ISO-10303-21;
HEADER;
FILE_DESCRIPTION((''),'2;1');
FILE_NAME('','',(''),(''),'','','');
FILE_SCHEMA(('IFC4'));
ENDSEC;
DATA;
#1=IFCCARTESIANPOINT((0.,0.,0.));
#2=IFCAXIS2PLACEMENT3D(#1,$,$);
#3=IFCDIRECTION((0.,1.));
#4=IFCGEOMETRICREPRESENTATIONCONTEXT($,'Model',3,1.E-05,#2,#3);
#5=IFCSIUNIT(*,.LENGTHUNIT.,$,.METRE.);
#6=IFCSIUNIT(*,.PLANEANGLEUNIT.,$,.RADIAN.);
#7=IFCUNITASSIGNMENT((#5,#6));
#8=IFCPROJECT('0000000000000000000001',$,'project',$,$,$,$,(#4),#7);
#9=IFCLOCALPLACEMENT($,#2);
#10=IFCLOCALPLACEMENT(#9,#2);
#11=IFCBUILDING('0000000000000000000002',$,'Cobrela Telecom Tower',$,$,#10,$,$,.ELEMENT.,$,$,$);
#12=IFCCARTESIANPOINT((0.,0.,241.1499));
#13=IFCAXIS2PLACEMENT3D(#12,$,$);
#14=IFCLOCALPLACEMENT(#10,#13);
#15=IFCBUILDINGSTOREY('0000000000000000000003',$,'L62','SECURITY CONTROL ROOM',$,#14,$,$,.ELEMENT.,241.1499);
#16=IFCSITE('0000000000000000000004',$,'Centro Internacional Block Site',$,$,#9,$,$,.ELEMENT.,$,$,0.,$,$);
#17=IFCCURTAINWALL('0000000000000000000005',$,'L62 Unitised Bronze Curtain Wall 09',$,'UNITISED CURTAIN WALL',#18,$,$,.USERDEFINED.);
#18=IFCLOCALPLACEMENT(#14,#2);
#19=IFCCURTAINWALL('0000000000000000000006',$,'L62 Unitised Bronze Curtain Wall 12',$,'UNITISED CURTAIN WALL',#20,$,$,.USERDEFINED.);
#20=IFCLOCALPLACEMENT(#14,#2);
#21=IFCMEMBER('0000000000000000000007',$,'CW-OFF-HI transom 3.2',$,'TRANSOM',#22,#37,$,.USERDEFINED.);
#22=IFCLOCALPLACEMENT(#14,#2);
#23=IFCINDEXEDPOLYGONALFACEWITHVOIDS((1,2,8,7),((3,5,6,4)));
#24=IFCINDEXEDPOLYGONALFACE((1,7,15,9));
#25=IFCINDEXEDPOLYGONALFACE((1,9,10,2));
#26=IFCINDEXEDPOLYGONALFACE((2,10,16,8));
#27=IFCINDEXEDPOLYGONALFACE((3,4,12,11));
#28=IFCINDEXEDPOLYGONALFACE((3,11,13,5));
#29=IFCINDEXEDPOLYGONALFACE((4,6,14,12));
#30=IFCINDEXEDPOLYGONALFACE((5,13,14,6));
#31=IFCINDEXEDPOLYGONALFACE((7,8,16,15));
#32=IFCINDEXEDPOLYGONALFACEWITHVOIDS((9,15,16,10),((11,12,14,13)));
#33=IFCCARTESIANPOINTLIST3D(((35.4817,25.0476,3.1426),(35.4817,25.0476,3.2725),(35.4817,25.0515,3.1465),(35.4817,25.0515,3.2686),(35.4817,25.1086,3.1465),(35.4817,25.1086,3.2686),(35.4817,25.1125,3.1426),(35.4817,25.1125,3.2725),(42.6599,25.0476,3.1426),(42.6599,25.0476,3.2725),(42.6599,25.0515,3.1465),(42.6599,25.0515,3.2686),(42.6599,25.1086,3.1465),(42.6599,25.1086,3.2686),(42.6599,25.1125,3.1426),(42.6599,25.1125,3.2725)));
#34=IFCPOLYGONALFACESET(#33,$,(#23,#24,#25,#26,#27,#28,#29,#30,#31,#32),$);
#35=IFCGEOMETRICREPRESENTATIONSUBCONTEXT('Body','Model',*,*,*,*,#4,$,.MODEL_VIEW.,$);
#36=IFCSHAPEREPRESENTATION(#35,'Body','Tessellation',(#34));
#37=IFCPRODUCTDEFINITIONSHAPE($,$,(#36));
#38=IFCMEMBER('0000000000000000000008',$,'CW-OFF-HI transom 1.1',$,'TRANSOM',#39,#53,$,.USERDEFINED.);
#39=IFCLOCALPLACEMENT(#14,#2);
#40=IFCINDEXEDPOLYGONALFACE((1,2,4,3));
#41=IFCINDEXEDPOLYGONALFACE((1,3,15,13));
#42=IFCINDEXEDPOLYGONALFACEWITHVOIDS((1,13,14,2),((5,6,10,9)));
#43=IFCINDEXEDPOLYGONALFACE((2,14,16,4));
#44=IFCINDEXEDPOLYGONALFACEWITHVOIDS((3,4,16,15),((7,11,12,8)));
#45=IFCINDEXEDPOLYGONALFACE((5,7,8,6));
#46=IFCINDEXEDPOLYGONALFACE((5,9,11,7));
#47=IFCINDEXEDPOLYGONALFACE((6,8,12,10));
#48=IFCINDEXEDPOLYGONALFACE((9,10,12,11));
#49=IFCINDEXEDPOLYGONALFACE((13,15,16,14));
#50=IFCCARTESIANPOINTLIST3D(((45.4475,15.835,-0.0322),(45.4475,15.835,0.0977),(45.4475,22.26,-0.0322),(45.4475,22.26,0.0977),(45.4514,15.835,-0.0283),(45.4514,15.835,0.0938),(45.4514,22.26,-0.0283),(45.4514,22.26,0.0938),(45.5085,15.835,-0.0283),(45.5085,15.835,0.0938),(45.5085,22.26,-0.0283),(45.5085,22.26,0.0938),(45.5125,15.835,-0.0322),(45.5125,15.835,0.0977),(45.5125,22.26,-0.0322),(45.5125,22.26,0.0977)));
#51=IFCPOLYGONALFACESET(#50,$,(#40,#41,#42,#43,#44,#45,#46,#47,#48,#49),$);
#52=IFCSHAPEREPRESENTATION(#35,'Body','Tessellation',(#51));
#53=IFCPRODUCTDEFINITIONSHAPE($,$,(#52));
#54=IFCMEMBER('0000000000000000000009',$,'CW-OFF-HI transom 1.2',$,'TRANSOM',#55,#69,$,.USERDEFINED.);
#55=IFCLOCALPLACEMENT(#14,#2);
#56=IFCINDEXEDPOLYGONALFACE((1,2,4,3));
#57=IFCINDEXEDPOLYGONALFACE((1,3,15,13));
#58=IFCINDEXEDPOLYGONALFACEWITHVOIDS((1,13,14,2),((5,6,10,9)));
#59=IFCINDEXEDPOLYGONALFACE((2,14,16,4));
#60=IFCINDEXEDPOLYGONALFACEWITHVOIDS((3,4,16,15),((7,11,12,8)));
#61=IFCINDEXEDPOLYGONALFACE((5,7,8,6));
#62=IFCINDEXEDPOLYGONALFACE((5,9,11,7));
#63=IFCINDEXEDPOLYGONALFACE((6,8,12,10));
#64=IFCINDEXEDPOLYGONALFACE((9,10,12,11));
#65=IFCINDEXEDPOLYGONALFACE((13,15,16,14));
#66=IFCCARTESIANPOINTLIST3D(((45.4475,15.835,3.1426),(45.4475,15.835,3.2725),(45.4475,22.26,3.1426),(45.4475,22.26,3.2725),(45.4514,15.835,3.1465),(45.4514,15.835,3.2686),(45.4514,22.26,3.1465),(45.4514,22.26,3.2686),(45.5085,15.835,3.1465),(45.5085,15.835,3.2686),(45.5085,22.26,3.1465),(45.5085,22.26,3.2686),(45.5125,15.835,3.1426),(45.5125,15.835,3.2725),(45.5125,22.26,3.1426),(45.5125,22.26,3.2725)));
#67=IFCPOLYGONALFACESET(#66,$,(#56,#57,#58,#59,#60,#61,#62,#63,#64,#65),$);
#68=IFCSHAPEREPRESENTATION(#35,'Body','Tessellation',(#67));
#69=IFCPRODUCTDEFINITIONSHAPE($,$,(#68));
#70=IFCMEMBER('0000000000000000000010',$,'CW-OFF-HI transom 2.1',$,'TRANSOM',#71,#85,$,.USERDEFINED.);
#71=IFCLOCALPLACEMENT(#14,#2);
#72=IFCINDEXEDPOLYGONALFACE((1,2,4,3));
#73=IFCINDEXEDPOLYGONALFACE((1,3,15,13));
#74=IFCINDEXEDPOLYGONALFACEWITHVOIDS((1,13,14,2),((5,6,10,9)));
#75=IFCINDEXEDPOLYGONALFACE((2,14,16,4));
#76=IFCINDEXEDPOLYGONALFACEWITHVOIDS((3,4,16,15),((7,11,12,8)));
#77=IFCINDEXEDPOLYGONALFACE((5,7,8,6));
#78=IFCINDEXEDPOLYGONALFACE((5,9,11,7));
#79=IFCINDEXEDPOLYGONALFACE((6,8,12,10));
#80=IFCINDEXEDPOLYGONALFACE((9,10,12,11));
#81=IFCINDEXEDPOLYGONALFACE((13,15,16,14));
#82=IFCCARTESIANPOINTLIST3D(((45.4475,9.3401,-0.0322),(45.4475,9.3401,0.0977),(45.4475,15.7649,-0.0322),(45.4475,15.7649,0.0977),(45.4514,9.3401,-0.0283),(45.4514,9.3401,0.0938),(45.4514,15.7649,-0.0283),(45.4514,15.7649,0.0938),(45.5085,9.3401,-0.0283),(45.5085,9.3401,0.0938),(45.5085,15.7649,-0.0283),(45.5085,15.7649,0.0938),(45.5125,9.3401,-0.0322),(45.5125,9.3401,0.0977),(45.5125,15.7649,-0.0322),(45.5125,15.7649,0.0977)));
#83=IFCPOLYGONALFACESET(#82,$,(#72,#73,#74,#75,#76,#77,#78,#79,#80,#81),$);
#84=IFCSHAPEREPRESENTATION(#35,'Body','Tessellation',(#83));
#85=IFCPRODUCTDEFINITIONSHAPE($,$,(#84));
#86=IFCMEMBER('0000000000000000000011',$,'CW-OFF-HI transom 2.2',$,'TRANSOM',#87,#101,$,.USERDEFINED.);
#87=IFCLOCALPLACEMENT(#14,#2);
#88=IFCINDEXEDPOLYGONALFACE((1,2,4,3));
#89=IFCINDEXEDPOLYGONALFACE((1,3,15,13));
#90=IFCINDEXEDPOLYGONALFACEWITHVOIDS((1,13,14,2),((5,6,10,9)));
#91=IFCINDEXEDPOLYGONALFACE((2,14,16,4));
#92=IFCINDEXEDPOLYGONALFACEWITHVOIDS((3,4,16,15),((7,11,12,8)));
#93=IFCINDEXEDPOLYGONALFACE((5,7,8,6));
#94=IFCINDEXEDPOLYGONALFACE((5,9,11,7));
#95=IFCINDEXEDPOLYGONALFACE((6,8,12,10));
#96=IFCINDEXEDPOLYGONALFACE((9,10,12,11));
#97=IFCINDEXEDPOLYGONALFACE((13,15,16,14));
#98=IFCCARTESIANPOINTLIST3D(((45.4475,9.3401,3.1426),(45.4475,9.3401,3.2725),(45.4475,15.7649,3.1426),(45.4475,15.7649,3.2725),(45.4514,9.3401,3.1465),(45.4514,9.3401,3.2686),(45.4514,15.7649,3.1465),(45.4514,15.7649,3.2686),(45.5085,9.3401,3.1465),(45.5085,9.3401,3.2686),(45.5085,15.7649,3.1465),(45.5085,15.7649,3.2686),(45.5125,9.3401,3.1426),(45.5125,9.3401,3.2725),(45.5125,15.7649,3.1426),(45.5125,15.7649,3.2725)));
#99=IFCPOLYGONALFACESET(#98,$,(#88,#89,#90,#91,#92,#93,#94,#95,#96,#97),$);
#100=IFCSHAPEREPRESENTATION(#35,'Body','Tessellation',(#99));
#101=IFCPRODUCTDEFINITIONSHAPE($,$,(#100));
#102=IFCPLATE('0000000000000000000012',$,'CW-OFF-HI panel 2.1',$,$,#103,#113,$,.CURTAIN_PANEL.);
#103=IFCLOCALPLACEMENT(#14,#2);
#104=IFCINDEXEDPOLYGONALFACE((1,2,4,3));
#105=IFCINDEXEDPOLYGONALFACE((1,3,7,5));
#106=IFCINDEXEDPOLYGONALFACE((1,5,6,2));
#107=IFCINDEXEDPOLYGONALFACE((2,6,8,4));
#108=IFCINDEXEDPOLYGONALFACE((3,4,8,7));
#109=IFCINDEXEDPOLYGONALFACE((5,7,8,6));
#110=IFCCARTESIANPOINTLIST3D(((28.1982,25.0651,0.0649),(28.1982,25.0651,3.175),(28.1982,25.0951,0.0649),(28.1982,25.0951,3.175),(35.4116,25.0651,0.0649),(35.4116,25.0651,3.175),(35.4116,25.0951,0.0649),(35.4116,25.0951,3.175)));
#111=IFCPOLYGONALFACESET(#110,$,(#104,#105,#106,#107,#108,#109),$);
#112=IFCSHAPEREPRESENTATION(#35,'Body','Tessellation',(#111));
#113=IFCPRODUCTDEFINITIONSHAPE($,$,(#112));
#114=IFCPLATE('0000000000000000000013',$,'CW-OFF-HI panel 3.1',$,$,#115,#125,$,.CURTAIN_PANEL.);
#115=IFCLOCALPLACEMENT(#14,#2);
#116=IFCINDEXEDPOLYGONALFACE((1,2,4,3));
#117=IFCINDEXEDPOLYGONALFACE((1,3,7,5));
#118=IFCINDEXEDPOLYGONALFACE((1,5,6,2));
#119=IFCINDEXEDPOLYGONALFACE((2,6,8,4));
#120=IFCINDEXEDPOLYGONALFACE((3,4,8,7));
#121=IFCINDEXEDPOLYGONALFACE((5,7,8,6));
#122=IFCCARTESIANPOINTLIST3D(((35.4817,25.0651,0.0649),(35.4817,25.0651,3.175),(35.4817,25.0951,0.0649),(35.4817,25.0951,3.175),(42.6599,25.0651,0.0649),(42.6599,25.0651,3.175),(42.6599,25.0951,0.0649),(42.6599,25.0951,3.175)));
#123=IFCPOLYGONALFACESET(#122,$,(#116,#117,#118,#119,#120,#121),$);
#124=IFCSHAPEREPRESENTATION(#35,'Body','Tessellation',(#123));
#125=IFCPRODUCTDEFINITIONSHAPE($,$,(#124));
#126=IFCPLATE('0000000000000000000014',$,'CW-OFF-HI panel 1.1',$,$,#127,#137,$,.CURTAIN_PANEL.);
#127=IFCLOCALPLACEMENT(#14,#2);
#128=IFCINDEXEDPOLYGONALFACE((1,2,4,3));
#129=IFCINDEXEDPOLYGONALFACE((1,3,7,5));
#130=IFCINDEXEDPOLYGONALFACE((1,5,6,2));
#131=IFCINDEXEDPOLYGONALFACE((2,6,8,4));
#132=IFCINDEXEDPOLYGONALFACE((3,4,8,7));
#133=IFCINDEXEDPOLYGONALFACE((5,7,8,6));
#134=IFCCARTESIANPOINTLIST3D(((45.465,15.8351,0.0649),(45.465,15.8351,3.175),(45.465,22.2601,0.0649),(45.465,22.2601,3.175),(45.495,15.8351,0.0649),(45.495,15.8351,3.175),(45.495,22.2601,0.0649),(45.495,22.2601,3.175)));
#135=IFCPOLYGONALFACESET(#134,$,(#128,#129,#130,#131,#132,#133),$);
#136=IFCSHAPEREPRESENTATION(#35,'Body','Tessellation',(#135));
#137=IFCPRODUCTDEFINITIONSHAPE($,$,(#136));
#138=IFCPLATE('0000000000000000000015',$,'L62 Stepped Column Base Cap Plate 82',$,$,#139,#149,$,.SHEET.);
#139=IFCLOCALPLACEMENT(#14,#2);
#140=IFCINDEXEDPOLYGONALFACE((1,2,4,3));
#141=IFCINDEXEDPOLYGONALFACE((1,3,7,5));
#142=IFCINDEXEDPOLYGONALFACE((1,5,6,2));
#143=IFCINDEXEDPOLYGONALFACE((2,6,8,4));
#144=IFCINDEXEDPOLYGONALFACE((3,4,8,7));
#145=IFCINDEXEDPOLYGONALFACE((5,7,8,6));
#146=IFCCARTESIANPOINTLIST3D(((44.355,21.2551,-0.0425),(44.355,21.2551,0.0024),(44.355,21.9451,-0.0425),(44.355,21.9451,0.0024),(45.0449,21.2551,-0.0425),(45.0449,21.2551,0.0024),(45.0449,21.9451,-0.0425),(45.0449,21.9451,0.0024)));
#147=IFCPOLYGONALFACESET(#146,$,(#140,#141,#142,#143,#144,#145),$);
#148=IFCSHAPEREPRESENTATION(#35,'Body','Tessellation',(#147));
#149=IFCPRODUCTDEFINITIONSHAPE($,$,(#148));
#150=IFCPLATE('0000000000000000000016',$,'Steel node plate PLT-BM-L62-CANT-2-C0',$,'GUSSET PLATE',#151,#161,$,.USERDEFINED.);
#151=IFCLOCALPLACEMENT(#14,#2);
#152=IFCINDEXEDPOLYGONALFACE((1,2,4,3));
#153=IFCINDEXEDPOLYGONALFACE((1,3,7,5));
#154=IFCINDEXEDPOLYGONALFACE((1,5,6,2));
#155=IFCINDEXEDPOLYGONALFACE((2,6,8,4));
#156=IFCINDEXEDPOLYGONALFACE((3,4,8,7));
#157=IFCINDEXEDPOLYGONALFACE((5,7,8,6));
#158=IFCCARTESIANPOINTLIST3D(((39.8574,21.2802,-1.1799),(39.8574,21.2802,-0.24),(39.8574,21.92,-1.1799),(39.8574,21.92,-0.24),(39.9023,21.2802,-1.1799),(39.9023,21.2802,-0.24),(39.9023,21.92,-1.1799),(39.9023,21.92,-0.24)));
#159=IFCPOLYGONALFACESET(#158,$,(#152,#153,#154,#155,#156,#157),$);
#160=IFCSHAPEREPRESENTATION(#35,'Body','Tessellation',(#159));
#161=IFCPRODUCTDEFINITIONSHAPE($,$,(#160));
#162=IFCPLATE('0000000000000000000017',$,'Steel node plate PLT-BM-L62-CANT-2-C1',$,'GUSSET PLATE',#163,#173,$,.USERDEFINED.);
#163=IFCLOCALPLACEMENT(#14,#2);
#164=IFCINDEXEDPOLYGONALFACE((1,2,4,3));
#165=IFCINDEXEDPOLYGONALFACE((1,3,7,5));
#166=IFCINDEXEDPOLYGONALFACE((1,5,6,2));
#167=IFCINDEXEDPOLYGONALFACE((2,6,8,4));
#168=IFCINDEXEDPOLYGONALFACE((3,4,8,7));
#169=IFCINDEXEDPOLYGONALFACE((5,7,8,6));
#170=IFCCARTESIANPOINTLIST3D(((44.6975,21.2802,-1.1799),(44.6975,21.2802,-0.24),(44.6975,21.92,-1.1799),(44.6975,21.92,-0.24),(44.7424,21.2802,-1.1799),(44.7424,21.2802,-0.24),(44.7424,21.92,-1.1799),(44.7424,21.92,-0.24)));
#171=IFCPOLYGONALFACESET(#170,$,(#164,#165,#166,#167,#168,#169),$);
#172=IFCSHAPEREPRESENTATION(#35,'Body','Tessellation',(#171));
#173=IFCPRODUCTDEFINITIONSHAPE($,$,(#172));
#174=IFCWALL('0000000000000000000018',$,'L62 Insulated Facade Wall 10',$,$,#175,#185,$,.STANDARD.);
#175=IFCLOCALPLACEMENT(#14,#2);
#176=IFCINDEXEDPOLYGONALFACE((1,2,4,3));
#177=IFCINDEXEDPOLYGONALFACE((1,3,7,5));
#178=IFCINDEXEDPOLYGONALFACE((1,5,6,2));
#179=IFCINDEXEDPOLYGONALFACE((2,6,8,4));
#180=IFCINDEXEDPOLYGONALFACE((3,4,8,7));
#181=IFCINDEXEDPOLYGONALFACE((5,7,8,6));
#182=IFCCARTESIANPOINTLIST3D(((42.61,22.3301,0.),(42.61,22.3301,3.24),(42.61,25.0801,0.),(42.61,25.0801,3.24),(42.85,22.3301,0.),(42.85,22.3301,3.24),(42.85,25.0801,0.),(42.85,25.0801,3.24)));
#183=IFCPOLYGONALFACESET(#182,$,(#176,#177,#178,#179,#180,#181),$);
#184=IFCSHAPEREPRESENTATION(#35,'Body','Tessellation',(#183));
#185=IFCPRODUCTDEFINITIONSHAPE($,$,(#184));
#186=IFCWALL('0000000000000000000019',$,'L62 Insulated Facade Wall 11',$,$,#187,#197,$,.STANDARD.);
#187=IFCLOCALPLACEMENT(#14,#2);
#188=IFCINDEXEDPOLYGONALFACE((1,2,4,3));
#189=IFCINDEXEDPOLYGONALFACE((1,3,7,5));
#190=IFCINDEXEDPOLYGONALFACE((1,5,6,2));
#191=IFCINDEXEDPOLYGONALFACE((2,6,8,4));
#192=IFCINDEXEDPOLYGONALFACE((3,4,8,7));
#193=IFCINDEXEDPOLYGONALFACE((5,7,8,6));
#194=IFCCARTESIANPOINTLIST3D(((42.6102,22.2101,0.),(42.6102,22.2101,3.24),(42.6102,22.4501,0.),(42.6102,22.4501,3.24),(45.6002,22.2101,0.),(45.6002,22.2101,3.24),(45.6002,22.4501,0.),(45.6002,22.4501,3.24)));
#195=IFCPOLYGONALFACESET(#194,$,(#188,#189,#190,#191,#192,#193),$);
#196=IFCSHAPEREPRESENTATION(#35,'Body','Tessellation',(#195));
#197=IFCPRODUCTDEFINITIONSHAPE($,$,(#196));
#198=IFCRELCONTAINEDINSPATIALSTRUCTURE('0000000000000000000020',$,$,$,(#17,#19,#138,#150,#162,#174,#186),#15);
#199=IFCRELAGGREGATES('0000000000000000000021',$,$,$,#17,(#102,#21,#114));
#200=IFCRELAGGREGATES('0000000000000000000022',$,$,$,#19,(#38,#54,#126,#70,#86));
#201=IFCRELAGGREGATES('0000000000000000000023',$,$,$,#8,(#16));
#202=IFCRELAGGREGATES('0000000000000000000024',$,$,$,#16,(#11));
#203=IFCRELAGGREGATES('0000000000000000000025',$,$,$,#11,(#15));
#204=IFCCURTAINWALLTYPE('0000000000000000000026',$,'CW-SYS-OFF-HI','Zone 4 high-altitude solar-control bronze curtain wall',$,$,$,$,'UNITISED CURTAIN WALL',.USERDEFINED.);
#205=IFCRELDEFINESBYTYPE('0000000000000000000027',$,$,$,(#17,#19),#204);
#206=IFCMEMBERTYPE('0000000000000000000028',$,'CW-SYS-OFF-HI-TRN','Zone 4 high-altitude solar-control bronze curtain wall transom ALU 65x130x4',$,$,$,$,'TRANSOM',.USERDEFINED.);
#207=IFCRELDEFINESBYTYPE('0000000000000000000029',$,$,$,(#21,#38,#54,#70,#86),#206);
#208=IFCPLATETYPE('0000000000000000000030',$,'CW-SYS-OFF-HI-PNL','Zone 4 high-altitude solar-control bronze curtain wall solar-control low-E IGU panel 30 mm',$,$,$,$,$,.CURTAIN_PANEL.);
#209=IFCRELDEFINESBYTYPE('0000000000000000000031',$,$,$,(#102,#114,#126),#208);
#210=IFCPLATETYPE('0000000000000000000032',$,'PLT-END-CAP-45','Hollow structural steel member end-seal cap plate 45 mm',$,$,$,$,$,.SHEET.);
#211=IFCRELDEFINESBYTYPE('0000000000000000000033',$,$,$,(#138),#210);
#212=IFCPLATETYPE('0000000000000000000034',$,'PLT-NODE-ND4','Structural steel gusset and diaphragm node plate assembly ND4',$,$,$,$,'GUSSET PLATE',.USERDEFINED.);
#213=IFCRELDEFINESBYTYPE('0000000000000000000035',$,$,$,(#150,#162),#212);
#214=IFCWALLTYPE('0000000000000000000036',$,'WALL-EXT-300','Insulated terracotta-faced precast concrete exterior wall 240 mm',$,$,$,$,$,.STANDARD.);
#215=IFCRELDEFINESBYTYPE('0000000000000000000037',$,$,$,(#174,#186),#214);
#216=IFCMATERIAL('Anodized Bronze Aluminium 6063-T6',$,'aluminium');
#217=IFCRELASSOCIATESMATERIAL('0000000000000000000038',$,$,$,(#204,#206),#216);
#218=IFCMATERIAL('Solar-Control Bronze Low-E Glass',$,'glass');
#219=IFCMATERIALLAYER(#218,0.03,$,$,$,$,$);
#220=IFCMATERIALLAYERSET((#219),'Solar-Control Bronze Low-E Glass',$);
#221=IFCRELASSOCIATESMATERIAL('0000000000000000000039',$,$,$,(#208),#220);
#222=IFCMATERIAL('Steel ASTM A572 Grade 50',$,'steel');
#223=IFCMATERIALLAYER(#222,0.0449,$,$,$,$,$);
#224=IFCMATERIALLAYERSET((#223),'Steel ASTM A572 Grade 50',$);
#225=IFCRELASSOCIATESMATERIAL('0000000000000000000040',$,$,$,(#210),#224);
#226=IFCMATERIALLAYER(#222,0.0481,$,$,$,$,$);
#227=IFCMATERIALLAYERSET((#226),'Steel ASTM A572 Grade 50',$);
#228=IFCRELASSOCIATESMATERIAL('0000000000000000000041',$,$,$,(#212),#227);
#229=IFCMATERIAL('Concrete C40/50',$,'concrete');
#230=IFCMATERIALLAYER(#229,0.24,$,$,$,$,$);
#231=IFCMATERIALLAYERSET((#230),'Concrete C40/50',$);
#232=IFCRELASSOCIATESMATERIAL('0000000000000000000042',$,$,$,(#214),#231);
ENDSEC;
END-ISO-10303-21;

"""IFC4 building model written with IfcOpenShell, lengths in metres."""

from ifc_helpers import new_model, si_unit, direction, frame, frame_2d, origin, origin_2d, place, context, subcontext, project, spatial, rectangle, hollow_rectangle, extrude, material, layer, layer_set, material_profile, profile_set, type_object, element, aggregate, save


model = new_model("IFC4")

# Units and contexts
model_context = context("Model", 3, precision=1e-05, world=origin(), true_north=direction((0.0, 1.0)))
body_context = subcontext(model_context, "Body", "Model", "MODEL_VIEW")
ifc_project = project(units=[si_unit("LENGTHUNIT", "METRE"), si_unit("PLANEANGLEUNIT", "RADIAN")], contexts=[model_context])

# Site, building, storey
site_placement = place(None, origin())
site = spatial("IfcSite", under=ifc_project, at=site_placement, Name="Centro Internacional Block Site", CompositionType="ELEMENT", RefElevation=0.0)
building_placement = place(site_placement, origin())
building = spatial("IfcBuilding", under=site, at=building_placement, Name="Cobrela Telecom Tower", CompositionType="ELEMENT")
storey_placement = place(building_placement, frame((0.0, 0.0, 241.1499)))
storey = spatial("IfcBuildingStorey", under=building, at=storey_placement, Name="L62", Description="SECURITY CONTROL ROOM", CompositionType="ELEMENT", Elevation=241.1499)

# Shared definitions
ifc_material_1 = material(Name="Steel ASTM A572 Grade 50", Category="steel")

# Curtain walls
ifc_material_2 = material(Name="Anodized Bronze Aluminium 6063-T6", Category="aluminium")
curtain_wall_type = type_object("IfcCurtainWallType", Name="CW-SYS-OFF-HI", Description="Zone 4 high-altitude solar-control bronze curtain wall", ElementType="UNITISED CURTAIN WALL", PredefinedType="USERDEFINED", material=ifc_material_2)
curtain_wall_1_placement = place(storey_placement, origin())
curtain_wall_1 = element("IfcCurtainWall", 1, at=curtain_wall_1_placement, inside=storey, type_object=curtain_wall_type, Name="L62 Unitised Bronze Curtain Wall 09", ObjectType="UNITISED CURTAIN WALL", PredefinedType="USERDEFINED")
curtain_wall_2_placement = place(storey_placement, origin())
curtain_wall_2 = element("IfcCurtainWall", 2, at=curtain_wall_2_placement, inside=storey, type_object=curtain_wall_type, Name="L62 Unitised Bronze Curtain Wall 12", ObjectType="UNITISED CURTAIN WALL", PredefinedType="USERDEFINED")

# Members
ifc_material_profile_1 = material_profile(ifc_material_2, hollow_rectangle(XDim=0.0649, YDim=0.1299, WallThickness=0.0039, at=origin_2d()), Name="ALU 65x130x4")
ifc_profile_set_1 = profile_set([ifc_material_profile_1], Name="Anodized Bronze Aluminium 6063-T6")
member_type_1 = type_object("IfcMemberType", Name="CW-SYS-OFF-HI-TRN", Description="Zone 4 high-altitude solar-control bronze curtain wall transom ALU 65x130x4", ElementType="TRANSOM", PredefinedType="USERDEFINED", material=ifc_profile_set_1)
member_1_placement = place(storey_placement, frame((35.4817, 25.0801, 3.2075), z_axis=(1.0, 0.0, 0.0), x_axis=(0.0, 1.0, 0.0)))
member_1 = element("IfcMember", 3, at=member_1_placement, type_object=member_type_1, Name="CW-OFF-HI transom 3.2", ObjectType="TRANSOM", PredefinedType="USERDEFINED", context=body_context, shape_type="SweptSolid", body=[
    extrude(hollow_rectangle(XDim=0.0649, YDim=0.1299, WallThickness=0.0039, at=origin_2d()), origin(), (0.0, 0.0, 1.0), 7.1782),
])
member_2_placement = place(storey_placement, frame((45.48, 22.26, 0.0327), z_axis=(0.0, -1.0, 0.0), x_axis=(1.0, 0.0, 0.0)))
member_2 = element("IfcMember", 4, at=member_2_placement, type_object=member_type_1, Name="CW-OFF-HI transom 1.1", ObjectType="TRANSOM", PredefinedType="USERDEFINED", context=body_context, shape_type="SweptSolid", body=[
    extrude(hollow_rectangle(XDim=0.0649, YDim=0.1299, WallThickness=0.0039, at=origin_2d()), origin(), (0.0, 0.0, 1.0), 6.425),
])
member_3_placement = place(storey_placement, frame((45.48, 22.26, 3.2075), z_axis=(0.0, -1.0, 0.0), x_axis=(1.0, 0.0, 0.0)))
member_3 = element("IfcMember", 5, at=member_3_placement, type_object=member_type_1, Name="CW-OFF-HI transom 1.2", ObjectType="TRANSOM", PredefinedType="USERDEFINED", context=body_context, shape_type="SweptSolid", body=[
    extrude(hollow_rectangle(XDim=0.0649, YDim=0.1299, WallThickness=0.0039, at=origin_2d()), origin(), (0.0, 0.0, 1.0), 6.425),
])
member_4_placement = place(storey_placement, frame((45.48, 15.7649, 0.0327), z_axis=(0.0, -1.0, 0.0), x_axis=(1.0, 0.0, 0.0)))
member_4 = element("IfcMember", 6, at=member_4_placement, type_object=member_type_1, Name="CW-OFF-HI transom 2.1", ObjectType="TRANSOM", PredefinedType="USERDEFINED", context=body_context, shape_type="SweptSolid", body=[
    extrude(hollow_rectangle(XDim=0.0649, YDim=0.1299, WallThickness=0.0039, at=origin_2d()), origin(), (0.0, 0.0, 1.0), 6.4248),
])
member_5_placement = place(storey_placement, frame((45.48, 15.7649, 3.2075), z_axis=(0.0, -1.0, 0.0), x_axis=(1.0, 0.0, 0.0)))
member_5 = element("IfcMember", 7, at=member_5_placement, type_object=member_type_1, Name="CW-OFF-HI transom 2.2", ObjectType="TRANSOM", PredefinedType="USERDEFINED", context=body_context, shape_type="SweptSolid", body=[
    extrude(hollow_rectangle(XDim=0.0649, YDim=0.1299, WallThickness=0.0039, at=origin_2d()), origin(), (0.0, 0.0, 1.0), 6.4248),
])

# Plates
ifc_material_3 = material(Name="Solar-Control Bronze Low-E Glass", Category="glass")
ifc_layer_1 = layer(ifc_material_3, 0.03)
ifc_layer_set_1 = layer_set([ifc_layer_1], Name="Solar-Control Bronze Low-E Glass")
plate_type_1 = type_object("IfcPlateType", Name="CW-SYS-OFF-HI-PNL", Description="Zone 4 high-altitude solar-control bronze curtain wall solar-control low-E IGU panel 30 mm", PredefinedType="CURTAIN_PANEL", material=ifc_layer_set_1)
plate_1_placement = place(storey_placement, frame((31.8049, 25.0801, 0.0649), z_axis=(0.0, 0.0, 1.0), x_axis=(1.0, 0.0, 0.0)))
plate_1 = element("IfcPlate", 8, at=plate_1_placement, type_object=plate_type_1, Name="CW-OFF-HI panel 2.1", PredefinedType="CURTAIN_PANEL", context=body_context, shape_type="SweptSolid", body=[
    extrude(rectangle(XDim=7.2134, YDim=0.03, at=origin_2d()), origin(), (0.0, 0.0, 1.0), 3.1101),
])
plate_2_placement = place(storey_placement, frame((39.0708, 25.0801, 0.0649), z_axis=(0.0, 0.0, 1.0), x_axis=(1.0, 0.0, 0.0)))
plate_2 = element("IfcPlate", 9, at=plate_2_placement, type_object=plate_type_1, Name="CW-OFF-HI panel 3.1", PredefinedType="CURTAIN_PANEL", context=body_context, shape_type="SweptSolid", body=[
    extrude(rectangle(XDim=7.1782, YDim=0.03, at=origin_2d()), origin(), (0.0, 0.0, 1.0), 3.1101),
])
aggregate(curtain_wall_1, [plate_1, member_1, plate_2])
plate_3_placement = place(storey_placement, frame((45.48, 19.0476, 0.0649), z_axis=(0.0, 0.0, 1.0), x_axis=(0.0, -1.0, 0.0)))
plate_3 = element("IfcPlate", 10, at=plate_3_placement, type_object=plate_type_1, Name="CW-OFF-HI panel 1.1", PredefinedType="CURTAIN_PANEL", context=body_context, shape_type="SweptSolid", body=[
    extrude(rectangle(XDim=6.425, YDim=0.03, at=origin_2d()), origin(), (0.0, 0.0, 1.0), 3.1101),
])
aggregate(curtain_wall_2, [member_2, member_3, plate_3, member_4, member_5])

# Plates
ifc_layer_2 = layer(ifc_material_1, 0.0449)
ifc_layer_set_2 = layer_set([ifc_layer_2], Name="Steel ASTM A572 Grade 50")
plate_type_2 = type_object("IfcPlateType", Name="PLT-END-CAP-45", Description="Hollow structural steel member end-seal cap plate 45 mm", PredefinedType="SHEET", material=ifc_layer_set_2)
plate_4_placement = place(storey_placement, frame((44.7, 21.6001, -0.0425), z_axis=(0.0, 0.0, 1.0), x_axis=(1.0, 0.0, 0.0)))
element("IfcPlate", 11, at=plate_4_placement, inside=storey, type_object=plate_type_2, Name="L62 Stepped Column Base Cap Plate 82", PredefinedType="SHEET", context=body_context, shape_type="SweptSolid", body=[
    extrude(rectangle(XDim=0.6899, YDim=0.6899, at=origin_2d()), origin(), (0.0, 0.0, 1.0), 0.0449),
])
ifc_layer_3 = layer(ifc_material_1, 0.0481)
ifc_layer_set_3 = layer_set([ifc_layer_3], Name="Steel ASTM A572 Grade 50")
plate_type_3 = type_object("IfcPlateType", Name="PLT-NODE-ND4", Description="Structural steel gusset and diaphragm node plate assembly ND4", ElementType="GUSSET PLATE", PredefinedType="USERDEFINED", material=ifc_layer_set_3)
for number, where, z_axis, x_axis, name in (
    (12, (39.8799, 21.6001, -1.1799), (0.0, 0.0, 1.0), (1.0, 0.0, 0.0), "Steel node plate PLT-BM-L62-CANT-2-C0"),
    (13, (44.72, 21.6001, -1.1799), (0.0, 0.0, 1.0), (1.0, 0.0, 0.0), "Steel node plate PLT-BM-L62-CANT-2-C1"),
):
    element("IfcPlate", number, at=place(storey_placement, frame(where, z_axis=z_axis, x_axis=x_axis)), inside=storey, type_object=plate_type_3, Name=name, ObjectType="GUSSET PLATE", PredefinedType="USERDEFINED", context=body_context, shape_type="SweptSolid", body=[
        extrude(rectangle(XDim=0.0449, YDim=0.6399, at=origin_2d()), origin(), (0.0, 0.0, 1.0), 0.9399),
    ])

# Walls
ifc_material_4 = material(Name="Concrete C40/50", Category="concrete")
ifc_layer_4 = layer(ifc_material_4, 0.24)
ifc_layer_set_4 = layer_set([ifc_layer_4], Name="Concrete C40/50")
wall_type = type_object("IfcWallType", Name="WALL-EXT-300", Description="Insulated terracotta-faced precast concrete exterior wall 240 mm", PredefinedType="STANDARD", material=ifc_layer_set_4)
wall_1_placement = place(storey_placement, frame((42.73, 25.0801, 0.0), z_axis=(0.0, 0.0, 1.0), x_axis=(0.0, -1.0, 0.0)))
element("IfcWall", 14, at=wall_1_placement, inside=storey, type_object=wall_type, Name="L62 Insulated Facade Wall 10", PredefinedType="STANDARD", context=body_context, shape_type="SweptSolid", body=[
    extrude(rectangle(XDim=2.75, YDim=0.24, at=frame_2d((1.375, 0.0))), origin(), (0.0, 0.0, 1.0), 3.24),
])
wall_2_placement = place(storey_placement, frame((42.6101, 22.3301, 0.0), z_axis=(0.0, 0.0, 1.0), x_axis=(1.0, 0.0, 0.0)))
element("IfcWall", 15, at=wall_2_placement, inside=storey, type_object=wall_type, Name="L62 Insulated Facade Wall 11", PredefinedType="STANDARD", context=body_context, shape_type="SweptSolid", body=[
    extrude(rectangle(XDim=2.99, YDim=0.24, at=frame_2d((1.4951, 0.0))), origin(), (0.0, 0.0, 1.0), 3.24),
])

save(model, "model.ifc")
